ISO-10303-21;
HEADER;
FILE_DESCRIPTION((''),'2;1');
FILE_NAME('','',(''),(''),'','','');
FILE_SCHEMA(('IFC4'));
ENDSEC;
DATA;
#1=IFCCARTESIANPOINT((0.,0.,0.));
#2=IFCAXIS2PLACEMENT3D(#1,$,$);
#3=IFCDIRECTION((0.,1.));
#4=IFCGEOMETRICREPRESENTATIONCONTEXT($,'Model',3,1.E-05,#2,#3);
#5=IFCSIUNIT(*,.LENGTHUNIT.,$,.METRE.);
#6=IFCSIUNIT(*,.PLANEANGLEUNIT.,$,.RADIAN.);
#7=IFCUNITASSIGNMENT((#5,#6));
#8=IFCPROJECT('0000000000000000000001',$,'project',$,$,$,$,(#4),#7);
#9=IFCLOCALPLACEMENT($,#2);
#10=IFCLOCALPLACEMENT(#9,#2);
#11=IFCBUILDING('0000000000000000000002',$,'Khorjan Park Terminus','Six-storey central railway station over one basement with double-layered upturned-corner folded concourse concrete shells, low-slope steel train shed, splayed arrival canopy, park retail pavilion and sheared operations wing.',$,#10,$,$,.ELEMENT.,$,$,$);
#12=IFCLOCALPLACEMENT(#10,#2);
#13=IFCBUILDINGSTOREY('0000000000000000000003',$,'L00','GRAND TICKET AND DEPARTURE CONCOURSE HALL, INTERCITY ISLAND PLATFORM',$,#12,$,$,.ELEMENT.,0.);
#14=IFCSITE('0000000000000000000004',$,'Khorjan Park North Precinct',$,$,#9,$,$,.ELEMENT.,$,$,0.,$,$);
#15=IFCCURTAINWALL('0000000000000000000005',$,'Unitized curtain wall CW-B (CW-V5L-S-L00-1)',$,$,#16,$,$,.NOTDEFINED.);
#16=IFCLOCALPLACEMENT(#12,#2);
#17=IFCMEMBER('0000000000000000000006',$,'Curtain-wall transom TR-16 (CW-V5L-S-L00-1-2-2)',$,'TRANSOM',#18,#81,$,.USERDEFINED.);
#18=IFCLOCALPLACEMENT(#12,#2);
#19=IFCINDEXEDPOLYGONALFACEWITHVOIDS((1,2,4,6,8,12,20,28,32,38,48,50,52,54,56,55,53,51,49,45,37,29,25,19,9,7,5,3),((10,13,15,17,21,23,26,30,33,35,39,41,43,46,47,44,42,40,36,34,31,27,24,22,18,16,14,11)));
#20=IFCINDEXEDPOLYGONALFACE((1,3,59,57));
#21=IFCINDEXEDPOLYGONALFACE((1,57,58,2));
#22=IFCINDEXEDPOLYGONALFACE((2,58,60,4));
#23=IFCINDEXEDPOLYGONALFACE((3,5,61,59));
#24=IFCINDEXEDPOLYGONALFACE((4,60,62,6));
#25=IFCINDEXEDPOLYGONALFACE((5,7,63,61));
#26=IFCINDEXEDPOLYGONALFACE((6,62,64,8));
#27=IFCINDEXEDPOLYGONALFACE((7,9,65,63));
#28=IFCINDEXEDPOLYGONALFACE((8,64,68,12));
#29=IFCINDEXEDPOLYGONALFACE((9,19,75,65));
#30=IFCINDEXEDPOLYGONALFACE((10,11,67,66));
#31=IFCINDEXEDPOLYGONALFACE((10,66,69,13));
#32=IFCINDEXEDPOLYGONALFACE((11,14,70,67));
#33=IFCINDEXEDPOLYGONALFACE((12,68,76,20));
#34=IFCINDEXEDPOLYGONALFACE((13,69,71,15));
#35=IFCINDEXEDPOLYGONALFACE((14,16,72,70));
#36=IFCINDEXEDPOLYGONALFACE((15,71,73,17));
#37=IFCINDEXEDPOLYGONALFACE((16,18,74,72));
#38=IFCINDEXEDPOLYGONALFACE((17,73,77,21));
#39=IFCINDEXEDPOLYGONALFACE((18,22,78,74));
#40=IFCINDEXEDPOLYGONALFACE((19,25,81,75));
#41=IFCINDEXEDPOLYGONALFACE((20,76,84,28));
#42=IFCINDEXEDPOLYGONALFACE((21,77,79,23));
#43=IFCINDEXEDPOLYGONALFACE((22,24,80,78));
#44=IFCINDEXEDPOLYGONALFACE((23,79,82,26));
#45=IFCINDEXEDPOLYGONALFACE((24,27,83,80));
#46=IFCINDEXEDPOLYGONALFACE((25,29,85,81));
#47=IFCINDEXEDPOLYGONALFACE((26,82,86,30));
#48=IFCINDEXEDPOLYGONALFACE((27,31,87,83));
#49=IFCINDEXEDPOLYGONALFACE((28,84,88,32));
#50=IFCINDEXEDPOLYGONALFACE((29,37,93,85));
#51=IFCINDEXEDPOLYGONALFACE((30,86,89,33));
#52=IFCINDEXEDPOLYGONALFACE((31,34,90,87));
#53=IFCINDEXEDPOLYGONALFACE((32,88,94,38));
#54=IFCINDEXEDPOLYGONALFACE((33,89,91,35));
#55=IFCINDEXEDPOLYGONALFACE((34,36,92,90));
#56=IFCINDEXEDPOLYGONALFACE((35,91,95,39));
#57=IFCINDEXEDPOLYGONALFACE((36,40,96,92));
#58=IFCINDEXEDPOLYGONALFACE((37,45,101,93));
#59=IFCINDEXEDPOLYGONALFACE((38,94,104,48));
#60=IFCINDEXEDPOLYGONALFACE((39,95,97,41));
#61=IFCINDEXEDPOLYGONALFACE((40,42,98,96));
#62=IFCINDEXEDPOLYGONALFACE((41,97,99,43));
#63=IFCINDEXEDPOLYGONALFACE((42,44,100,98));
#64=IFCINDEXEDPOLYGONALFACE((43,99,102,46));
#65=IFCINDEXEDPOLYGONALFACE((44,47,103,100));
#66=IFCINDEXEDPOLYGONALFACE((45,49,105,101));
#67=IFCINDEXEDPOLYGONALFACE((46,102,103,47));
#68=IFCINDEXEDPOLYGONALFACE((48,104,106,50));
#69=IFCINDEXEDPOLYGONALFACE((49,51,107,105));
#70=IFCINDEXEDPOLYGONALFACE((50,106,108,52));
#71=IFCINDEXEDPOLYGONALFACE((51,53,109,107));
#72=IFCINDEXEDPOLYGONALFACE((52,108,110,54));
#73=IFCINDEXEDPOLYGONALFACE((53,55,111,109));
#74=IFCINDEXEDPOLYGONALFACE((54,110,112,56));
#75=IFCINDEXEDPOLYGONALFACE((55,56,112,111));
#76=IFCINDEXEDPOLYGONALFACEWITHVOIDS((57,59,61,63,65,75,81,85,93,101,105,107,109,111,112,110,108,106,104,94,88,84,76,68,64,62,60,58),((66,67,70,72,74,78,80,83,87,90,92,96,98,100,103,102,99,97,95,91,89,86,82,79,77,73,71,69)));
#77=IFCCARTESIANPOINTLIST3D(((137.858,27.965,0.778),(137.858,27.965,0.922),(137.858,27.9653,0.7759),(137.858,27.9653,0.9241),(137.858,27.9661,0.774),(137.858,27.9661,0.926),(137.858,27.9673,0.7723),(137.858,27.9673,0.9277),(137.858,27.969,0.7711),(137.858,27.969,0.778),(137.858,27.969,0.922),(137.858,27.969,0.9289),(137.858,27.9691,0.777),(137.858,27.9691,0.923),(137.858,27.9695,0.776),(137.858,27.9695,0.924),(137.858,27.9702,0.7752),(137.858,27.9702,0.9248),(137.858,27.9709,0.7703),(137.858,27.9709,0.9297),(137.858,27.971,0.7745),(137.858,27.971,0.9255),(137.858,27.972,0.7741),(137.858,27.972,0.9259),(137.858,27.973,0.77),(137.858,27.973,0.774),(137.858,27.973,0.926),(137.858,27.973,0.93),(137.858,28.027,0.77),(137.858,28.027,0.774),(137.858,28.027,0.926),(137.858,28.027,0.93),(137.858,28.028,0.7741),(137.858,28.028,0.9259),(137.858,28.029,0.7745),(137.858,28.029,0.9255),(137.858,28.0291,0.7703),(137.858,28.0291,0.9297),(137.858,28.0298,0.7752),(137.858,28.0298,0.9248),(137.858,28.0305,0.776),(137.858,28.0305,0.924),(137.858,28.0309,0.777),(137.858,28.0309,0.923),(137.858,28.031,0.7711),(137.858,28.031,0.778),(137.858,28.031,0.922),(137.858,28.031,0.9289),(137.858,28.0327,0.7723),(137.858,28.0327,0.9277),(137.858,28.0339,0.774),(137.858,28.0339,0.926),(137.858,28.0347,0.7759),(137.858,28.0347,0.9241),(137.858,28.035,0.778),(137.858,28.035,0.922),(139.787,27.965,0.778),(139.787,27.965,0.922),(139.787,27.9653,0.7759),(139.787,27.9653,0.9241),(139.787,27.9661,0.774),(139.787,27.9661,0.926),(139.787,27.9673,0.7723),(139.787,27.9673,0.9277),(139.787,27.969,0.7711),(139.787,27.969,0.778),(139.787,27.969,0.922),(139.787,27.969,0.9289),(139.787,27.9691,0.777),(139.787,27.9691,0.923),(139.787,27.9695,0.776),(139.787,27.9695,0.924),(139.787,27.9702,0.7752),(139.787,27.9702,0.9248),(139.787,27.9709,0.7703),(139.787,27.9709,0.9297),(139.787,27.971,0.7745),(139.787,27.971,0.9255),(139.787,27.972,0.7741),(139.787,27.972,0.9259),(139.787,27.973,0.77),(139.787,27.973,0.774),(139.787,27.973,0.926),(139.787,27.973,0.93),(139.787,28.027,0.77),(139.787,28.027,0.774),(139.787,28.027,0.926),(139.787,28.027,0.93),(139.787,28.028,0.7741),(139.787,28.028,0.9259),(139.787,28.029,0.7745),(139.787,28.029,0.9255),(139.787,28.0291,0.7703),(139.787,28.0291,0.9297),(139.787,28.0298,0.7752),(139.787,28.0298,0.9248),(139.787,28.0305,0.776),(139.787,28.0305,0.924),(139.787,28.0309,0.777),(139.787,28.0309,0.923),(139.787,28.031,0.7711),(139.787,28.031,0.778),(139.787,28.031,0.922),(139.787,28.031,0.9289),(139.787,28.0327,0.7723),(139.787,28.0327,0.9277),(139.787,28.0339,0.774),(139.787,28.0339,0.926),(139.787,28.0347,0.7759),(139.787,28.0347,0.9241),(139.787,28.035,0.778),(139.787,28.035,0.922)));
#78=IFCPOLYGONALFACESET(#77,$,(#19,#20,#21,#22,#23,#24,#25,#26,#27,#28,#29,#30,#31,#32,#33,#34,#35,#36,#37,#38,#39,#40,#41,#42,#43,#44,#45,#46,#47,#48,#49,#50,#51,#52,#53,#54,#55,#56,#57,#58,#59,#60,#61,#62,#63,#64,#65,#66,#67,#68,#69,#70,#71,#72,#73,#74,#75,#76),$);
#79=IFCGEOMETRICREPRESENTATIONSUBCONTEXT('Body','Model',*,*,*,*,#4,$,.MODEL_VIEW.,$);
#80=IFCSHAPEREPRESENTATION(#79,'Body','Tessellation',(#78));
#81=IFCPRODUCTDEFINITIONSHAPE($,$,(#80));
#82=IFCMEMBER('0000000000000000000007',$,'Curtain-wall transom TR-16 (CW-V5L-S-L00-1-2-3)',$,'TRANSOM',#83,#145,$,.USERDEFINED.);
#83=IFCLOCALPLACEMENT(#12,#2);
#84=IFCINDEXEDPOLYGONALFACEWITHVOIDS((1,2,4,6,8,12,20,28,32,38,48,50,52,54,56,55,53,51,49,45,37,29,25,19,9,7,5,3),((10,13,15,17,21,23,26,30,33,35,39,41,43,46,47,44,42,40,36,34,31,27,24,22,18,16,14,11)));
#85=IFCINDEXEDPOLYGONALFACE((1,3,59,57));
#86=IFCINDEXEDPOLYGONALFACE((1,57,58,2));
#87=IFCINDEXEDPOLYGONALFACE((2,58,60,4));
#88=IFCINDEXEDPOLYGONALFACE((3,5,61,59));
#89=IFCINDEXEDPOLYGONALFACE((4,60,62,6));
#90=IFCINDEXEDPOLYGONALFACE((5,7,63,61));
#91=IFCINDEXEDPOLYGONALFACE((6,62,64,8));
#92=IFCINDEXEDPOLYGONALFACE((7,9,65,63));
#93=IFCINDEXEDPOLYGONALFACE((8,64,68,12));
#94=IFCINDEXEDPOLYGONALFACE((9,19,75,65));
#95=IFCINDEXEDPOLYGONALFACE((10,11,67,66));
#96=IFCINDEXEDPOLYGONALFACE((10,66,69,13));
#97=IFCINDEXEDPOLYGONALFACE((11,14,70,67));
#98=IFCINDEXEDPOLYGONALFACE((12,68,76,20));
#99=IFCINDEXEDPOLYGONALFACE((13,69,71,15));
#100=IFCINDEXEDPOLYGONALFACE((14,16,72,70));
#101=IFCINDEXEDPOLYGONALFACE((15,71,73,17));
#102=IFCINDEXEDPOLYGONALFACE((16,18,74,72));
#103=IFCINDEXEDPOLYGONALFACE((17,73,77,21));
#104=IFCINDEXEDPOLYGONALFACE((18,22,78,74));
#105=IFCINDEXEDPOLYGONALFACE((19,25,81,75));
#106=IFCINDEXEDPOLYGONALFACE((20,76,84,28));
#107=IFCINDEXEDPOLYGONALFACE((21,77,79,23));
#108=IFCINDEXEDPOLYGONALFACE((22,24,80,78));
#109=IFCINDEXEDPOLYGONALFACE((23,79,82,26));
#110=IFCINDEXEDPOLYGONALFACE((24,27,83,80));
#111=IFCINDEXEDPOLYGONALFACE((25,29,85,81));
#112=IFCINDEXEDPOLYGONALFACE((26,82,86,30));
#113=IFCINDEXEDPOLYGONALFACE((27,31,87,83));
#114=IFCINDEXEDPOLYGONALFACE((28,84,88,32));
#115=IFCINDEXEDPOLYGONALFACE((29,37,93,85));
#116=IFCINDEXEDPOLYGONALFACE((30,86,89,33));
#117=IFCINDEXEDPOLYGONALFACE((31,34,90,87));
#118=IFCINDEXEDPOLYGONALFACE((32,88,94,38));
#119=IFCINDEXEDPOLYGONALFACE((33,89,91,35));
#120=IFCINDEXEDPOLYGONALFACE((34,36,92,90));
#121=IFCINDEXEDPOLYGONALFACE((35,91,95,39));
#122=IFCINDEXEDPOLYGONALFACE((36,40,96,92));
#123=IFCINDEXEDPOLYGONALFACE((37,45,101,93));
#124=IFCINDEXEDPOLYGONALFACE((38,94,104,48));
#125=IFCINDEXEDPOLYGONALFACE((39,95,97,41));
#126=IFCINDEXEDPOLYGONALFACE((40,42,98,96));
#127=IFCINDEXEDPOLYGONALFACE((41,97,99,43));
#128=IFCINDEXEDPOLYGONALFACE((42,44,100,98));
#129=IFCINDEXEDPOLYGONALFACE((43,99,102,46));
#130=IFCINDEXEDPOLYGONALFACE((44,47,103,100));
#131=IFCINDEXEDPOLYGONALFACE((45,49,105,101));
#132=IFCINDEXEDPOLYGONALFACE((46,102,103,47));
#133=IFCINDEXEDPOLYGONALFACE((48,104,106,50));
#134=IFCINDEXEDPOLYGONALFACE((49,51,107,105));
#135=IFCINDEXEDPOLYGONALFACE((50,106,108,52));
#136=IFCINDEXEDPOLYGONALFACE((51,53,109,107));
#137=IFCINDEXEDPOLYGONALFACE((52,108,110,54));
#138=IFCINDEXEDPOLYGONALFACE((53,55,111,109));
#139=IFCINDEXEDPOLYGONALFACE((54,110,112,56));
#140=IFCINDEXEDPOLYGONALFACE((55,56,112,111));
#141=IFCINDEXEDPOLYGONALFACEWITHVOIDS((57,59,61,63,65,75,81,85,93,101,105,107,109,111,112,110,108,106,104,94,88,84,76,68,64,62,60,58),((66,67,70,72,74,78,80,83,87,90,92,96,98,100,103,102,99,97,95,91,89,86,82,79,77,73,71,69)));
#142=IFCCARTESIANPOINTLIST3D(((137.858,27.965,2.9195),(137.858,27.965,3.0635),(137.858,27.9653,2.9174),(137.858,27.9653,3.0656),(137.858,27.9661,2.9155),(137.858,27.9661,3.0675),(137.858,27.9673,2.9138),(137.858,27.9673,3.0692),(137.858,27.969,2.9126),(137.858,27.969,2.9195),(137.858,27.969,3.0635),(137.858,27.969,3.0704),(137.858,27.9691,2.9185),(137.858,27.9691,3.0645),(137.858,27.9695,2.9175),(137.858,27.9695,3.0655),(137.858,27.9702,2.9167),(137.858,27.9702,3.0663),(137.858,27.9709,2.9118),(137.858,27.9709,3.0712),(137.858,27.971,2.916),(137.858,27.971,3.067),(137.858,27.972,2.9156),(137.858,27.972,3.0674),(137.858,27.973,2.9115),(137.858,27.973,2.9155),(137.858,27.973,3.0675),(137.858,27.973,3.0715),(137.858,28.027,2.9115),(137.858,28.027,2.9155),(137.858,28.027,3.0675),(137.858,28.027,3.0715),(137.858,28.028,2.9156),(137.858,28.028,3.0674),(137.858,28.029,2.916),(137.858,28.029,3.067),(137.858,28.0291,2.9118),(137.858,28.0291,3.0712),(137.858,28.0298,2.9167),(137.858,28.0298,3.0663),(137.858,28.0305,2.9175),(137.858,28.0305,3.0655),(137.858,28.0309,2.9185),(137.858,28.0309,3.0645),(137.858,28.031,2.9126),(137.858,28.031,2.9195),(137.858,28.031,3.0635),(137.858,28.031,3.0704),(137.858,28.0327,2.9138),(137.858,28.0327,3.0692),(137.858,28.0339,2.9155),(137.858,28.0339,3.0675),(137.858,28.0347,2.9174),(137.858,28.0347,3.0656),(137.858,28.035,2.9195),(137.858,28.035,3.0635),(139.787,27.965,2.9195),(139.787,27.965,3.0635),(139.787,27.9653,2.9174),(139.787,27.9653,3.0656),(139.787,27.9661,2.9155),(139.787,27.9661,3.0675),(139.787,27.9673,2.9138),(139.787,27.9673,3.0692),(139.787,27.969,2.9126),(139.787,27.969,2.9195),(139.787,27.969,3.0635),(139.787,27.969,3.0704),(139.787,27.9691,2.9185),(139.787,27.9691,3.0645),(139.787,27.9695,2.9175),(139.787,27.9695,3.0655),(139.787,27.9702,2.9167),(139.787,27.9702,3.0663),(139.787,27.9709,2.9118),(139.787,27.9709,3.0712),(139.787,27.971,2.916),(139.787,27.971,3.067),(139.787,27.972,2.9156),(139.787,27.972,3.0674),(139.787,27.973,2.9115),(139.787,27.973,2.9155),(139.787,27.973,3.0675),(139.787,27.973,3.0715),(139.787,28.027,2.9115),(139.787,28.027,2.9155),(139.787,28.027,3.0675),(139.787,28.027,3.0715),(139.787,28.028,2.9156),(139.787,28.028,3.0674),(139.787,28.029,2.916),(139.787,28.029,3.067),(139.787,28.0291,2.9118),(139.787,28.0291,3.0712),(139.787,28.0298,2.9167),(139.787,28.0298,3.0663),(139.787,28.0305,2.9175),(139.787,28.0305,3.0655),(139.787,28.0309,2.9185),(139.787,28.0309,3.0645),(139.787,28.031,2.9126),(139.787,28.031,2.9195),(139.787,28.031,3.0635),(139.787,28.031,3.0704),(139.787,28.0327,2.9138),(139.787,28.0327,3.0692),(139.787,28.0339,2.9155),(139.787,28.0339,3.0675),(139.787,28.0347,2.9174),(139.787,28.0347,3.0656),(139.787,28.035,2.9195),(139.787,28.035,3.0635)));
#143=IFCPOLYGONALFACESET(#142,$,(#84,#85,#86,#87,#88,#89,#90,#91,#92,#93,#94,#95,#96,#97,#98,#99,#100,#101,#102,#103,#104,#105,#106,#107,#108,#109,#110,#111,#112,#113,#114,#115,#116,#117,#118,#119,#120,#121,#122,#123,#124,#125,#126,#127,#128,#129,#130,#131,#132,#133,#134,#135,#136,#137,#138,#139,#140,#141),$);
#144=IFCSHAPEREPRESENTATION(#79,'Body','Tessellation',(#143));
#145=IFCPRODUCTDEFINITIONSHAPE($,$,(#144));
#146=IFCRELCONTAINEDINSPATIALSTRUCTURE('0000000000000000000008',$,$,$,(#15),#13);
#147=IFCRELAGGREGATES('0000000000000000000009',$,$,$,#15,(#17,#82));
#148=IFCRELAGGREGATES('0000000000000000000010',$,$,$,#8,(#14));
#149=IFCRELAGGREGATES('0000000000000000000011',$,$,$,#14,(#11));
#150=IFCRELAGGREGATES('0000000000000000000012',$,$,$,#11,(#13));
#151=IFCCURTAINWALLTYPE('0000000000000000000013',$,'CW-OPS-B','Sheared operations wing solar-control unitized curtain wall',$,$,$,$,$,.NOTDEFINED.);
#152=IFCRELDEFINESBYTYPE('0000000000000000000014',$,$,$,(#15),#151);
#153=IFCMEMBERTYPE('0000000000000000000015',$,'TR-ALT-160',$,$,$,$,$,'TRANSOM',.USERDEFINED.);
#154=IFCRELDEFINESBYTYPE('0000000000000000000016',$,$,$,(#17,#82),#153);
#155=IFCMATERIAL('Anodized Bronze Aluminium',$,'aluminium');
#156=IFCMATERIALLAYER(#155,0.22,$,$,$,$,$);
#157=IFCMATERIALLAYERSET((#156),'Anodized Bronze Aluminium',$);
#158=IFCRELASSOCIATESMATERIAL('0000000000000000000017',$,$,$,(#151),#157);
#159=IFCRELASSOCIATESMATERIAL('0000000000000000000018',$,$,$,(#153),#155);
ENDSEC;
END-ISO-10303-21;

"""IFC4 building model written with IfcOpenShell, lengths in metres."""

from ifc_helpers import new_model, si_unit, direction, frame, origin, origin_2d, place, context, subcontext, project, spatial, hollow_rectangle, extrude, material, layer, layer_set, material_profile, profile_set, type_object, element, aggregate, save


model = new_model("IFC4")

# Units and contexts
model_context = context("Model", 3, precision=1e-05, world=origin(), true_north=direction((0.0, 1.0)))
body_context = subcontext(model_context, "Body", "Model", "MODEL_VIEW")
ifc_project = project(units=[si_unit("LENGTHUNIT", "METRE"), si_unit("PLANEANGLEUNIT", "RADIAN")], contexts=[model_context])

# Site, building, storey
site_placement = place(None, origin())
site = spatial("IfcSite", under=ifc_project, at=site_placement, Name="Khorjan Park North Precinct", CompositionType="ELEMENT", RefElevation=0.0)
building_placement = place(site_placement, origin())
building = spatial("IfcBuilding", under=site, at=building_placement, Name="Khorjan Park Terminus", Description="Six-storey central railway station over one basement with double-layered upturned-corner folded concourse concrete shells, low-slope steel train shed, splayed arrival canopy, park retail pavilion and sheared operations wing.", CompositionType="ELEMENT")
storey_placement = place(building_placement, origin())
storey = spatial("IfcBuildingStorey", under=building, at=storey_placement, Name="L00", Description="GRAND TICKET AND DEPARTURE CONCOURSE HALL, INTERCITY ISLAND PLATFORM", CompositionType="ELEMENT", Elevation=0.0)

# Curtain wall, members
ifc_material_1 = material(Name="Anodized Bronze Aluminium", Category="aluminium")
ifc_layer_1 = layer(ifc_material_1, 0.22)
ifc_layer_set_1 = layer_set([ifc_layer_1], Name="Anodized Bronze Aluminium")
curtain_wall_type = type_object("IfcCurtainWallType", Name="CW-OPS-B", Description="Sheared operations wing solar-control unitized curtain wall", PredefinedType="NOTDEFINED", material=ifc_layer_set_1)
curtain_wall_placement = place(storey_placement, origin())
curtain_wall = element("IfcCurtainWall", 1, at=curtain_wall_placement, inside=storey, type_object=curtain_wall_type, Name="Unitized curtain wall CW-B (CW-V5L-S-L00-1)", PredefinedType="NOTDEFINED")
ifc_material_profile_1 = material_profile(ifc_material_1, hollow_rectangle(XDim=0.07, YDim=0.16, WallThickness=0.004, InnerFilletRadius=0.004, OuterFilletRadius=0.008, at=origin_2d()), Name="ALT 70x160x4")
ifc_profile_set_1 = profile_set([ifc_material_profile_1], Name="Anodized Bronze Aluminium")
member_type_1 = type_object("IfcMemberType", Name="TR-ALT-160", ElementType="TRANSOM", PredefinedType="USERDEFINED", material=ifc_profile_set_1)
member_1_placement = place(storey_placement, frame((137.858, 28.0, 0.85), z_axis=(1.0, 0.0, 0.0), x_axis=(0.0, 1.0, 0.0)))
member_1 = element("IfcMember", 2, at=member_1_placement, type_object=member_type_1, Name="Curtain-wall transom TR-16 (CW-V5L-S-L00-1-2-2)", ObjectType="TRANSOM", PredefinedType="USERDEFINED", context=body_context, shape_type="SweptSolid", body=[
    extrude(hollow_rectangle(XDim=0.07, YDim=0.16, WallThickness=0.004, InnerFilletRadius=0.004, OuterFilletRadius=0.008, at=origin_2d()), origin(), (0.0, 0.0, 1.0), 1.929),
])
member_2_placement = place(storey_placement, frame((137.858, 28.0, 2.9915), z_axis=(1.0, 0.0, 0.0), x_axis=(0.0, 1.0, 0.0)))
member_2 = element("IfcMember", 3, at=member_2_placement, type_object=member_type_1, Name="Curtain-wall transom TR-16 (CW-V5L-S-L00-1-2-3)", ObjectType="TRANSOM", PredefinedType="USERDEFINED", context=body_context, shape_type="SweptSolid", body=[
    extrude(hollow_rectangle(XDim=0.07, YDim=0.16, WallThickness=0.004, InnerFilletRadius=0.004, OuterFilletRadius=0.008, at=origin_2d()), origin(), (0.0, 0.0, 1.0), 1.929),
])
aggregate(curtain_wall, [member_1, member_2])

save(model, "model.ifc")
